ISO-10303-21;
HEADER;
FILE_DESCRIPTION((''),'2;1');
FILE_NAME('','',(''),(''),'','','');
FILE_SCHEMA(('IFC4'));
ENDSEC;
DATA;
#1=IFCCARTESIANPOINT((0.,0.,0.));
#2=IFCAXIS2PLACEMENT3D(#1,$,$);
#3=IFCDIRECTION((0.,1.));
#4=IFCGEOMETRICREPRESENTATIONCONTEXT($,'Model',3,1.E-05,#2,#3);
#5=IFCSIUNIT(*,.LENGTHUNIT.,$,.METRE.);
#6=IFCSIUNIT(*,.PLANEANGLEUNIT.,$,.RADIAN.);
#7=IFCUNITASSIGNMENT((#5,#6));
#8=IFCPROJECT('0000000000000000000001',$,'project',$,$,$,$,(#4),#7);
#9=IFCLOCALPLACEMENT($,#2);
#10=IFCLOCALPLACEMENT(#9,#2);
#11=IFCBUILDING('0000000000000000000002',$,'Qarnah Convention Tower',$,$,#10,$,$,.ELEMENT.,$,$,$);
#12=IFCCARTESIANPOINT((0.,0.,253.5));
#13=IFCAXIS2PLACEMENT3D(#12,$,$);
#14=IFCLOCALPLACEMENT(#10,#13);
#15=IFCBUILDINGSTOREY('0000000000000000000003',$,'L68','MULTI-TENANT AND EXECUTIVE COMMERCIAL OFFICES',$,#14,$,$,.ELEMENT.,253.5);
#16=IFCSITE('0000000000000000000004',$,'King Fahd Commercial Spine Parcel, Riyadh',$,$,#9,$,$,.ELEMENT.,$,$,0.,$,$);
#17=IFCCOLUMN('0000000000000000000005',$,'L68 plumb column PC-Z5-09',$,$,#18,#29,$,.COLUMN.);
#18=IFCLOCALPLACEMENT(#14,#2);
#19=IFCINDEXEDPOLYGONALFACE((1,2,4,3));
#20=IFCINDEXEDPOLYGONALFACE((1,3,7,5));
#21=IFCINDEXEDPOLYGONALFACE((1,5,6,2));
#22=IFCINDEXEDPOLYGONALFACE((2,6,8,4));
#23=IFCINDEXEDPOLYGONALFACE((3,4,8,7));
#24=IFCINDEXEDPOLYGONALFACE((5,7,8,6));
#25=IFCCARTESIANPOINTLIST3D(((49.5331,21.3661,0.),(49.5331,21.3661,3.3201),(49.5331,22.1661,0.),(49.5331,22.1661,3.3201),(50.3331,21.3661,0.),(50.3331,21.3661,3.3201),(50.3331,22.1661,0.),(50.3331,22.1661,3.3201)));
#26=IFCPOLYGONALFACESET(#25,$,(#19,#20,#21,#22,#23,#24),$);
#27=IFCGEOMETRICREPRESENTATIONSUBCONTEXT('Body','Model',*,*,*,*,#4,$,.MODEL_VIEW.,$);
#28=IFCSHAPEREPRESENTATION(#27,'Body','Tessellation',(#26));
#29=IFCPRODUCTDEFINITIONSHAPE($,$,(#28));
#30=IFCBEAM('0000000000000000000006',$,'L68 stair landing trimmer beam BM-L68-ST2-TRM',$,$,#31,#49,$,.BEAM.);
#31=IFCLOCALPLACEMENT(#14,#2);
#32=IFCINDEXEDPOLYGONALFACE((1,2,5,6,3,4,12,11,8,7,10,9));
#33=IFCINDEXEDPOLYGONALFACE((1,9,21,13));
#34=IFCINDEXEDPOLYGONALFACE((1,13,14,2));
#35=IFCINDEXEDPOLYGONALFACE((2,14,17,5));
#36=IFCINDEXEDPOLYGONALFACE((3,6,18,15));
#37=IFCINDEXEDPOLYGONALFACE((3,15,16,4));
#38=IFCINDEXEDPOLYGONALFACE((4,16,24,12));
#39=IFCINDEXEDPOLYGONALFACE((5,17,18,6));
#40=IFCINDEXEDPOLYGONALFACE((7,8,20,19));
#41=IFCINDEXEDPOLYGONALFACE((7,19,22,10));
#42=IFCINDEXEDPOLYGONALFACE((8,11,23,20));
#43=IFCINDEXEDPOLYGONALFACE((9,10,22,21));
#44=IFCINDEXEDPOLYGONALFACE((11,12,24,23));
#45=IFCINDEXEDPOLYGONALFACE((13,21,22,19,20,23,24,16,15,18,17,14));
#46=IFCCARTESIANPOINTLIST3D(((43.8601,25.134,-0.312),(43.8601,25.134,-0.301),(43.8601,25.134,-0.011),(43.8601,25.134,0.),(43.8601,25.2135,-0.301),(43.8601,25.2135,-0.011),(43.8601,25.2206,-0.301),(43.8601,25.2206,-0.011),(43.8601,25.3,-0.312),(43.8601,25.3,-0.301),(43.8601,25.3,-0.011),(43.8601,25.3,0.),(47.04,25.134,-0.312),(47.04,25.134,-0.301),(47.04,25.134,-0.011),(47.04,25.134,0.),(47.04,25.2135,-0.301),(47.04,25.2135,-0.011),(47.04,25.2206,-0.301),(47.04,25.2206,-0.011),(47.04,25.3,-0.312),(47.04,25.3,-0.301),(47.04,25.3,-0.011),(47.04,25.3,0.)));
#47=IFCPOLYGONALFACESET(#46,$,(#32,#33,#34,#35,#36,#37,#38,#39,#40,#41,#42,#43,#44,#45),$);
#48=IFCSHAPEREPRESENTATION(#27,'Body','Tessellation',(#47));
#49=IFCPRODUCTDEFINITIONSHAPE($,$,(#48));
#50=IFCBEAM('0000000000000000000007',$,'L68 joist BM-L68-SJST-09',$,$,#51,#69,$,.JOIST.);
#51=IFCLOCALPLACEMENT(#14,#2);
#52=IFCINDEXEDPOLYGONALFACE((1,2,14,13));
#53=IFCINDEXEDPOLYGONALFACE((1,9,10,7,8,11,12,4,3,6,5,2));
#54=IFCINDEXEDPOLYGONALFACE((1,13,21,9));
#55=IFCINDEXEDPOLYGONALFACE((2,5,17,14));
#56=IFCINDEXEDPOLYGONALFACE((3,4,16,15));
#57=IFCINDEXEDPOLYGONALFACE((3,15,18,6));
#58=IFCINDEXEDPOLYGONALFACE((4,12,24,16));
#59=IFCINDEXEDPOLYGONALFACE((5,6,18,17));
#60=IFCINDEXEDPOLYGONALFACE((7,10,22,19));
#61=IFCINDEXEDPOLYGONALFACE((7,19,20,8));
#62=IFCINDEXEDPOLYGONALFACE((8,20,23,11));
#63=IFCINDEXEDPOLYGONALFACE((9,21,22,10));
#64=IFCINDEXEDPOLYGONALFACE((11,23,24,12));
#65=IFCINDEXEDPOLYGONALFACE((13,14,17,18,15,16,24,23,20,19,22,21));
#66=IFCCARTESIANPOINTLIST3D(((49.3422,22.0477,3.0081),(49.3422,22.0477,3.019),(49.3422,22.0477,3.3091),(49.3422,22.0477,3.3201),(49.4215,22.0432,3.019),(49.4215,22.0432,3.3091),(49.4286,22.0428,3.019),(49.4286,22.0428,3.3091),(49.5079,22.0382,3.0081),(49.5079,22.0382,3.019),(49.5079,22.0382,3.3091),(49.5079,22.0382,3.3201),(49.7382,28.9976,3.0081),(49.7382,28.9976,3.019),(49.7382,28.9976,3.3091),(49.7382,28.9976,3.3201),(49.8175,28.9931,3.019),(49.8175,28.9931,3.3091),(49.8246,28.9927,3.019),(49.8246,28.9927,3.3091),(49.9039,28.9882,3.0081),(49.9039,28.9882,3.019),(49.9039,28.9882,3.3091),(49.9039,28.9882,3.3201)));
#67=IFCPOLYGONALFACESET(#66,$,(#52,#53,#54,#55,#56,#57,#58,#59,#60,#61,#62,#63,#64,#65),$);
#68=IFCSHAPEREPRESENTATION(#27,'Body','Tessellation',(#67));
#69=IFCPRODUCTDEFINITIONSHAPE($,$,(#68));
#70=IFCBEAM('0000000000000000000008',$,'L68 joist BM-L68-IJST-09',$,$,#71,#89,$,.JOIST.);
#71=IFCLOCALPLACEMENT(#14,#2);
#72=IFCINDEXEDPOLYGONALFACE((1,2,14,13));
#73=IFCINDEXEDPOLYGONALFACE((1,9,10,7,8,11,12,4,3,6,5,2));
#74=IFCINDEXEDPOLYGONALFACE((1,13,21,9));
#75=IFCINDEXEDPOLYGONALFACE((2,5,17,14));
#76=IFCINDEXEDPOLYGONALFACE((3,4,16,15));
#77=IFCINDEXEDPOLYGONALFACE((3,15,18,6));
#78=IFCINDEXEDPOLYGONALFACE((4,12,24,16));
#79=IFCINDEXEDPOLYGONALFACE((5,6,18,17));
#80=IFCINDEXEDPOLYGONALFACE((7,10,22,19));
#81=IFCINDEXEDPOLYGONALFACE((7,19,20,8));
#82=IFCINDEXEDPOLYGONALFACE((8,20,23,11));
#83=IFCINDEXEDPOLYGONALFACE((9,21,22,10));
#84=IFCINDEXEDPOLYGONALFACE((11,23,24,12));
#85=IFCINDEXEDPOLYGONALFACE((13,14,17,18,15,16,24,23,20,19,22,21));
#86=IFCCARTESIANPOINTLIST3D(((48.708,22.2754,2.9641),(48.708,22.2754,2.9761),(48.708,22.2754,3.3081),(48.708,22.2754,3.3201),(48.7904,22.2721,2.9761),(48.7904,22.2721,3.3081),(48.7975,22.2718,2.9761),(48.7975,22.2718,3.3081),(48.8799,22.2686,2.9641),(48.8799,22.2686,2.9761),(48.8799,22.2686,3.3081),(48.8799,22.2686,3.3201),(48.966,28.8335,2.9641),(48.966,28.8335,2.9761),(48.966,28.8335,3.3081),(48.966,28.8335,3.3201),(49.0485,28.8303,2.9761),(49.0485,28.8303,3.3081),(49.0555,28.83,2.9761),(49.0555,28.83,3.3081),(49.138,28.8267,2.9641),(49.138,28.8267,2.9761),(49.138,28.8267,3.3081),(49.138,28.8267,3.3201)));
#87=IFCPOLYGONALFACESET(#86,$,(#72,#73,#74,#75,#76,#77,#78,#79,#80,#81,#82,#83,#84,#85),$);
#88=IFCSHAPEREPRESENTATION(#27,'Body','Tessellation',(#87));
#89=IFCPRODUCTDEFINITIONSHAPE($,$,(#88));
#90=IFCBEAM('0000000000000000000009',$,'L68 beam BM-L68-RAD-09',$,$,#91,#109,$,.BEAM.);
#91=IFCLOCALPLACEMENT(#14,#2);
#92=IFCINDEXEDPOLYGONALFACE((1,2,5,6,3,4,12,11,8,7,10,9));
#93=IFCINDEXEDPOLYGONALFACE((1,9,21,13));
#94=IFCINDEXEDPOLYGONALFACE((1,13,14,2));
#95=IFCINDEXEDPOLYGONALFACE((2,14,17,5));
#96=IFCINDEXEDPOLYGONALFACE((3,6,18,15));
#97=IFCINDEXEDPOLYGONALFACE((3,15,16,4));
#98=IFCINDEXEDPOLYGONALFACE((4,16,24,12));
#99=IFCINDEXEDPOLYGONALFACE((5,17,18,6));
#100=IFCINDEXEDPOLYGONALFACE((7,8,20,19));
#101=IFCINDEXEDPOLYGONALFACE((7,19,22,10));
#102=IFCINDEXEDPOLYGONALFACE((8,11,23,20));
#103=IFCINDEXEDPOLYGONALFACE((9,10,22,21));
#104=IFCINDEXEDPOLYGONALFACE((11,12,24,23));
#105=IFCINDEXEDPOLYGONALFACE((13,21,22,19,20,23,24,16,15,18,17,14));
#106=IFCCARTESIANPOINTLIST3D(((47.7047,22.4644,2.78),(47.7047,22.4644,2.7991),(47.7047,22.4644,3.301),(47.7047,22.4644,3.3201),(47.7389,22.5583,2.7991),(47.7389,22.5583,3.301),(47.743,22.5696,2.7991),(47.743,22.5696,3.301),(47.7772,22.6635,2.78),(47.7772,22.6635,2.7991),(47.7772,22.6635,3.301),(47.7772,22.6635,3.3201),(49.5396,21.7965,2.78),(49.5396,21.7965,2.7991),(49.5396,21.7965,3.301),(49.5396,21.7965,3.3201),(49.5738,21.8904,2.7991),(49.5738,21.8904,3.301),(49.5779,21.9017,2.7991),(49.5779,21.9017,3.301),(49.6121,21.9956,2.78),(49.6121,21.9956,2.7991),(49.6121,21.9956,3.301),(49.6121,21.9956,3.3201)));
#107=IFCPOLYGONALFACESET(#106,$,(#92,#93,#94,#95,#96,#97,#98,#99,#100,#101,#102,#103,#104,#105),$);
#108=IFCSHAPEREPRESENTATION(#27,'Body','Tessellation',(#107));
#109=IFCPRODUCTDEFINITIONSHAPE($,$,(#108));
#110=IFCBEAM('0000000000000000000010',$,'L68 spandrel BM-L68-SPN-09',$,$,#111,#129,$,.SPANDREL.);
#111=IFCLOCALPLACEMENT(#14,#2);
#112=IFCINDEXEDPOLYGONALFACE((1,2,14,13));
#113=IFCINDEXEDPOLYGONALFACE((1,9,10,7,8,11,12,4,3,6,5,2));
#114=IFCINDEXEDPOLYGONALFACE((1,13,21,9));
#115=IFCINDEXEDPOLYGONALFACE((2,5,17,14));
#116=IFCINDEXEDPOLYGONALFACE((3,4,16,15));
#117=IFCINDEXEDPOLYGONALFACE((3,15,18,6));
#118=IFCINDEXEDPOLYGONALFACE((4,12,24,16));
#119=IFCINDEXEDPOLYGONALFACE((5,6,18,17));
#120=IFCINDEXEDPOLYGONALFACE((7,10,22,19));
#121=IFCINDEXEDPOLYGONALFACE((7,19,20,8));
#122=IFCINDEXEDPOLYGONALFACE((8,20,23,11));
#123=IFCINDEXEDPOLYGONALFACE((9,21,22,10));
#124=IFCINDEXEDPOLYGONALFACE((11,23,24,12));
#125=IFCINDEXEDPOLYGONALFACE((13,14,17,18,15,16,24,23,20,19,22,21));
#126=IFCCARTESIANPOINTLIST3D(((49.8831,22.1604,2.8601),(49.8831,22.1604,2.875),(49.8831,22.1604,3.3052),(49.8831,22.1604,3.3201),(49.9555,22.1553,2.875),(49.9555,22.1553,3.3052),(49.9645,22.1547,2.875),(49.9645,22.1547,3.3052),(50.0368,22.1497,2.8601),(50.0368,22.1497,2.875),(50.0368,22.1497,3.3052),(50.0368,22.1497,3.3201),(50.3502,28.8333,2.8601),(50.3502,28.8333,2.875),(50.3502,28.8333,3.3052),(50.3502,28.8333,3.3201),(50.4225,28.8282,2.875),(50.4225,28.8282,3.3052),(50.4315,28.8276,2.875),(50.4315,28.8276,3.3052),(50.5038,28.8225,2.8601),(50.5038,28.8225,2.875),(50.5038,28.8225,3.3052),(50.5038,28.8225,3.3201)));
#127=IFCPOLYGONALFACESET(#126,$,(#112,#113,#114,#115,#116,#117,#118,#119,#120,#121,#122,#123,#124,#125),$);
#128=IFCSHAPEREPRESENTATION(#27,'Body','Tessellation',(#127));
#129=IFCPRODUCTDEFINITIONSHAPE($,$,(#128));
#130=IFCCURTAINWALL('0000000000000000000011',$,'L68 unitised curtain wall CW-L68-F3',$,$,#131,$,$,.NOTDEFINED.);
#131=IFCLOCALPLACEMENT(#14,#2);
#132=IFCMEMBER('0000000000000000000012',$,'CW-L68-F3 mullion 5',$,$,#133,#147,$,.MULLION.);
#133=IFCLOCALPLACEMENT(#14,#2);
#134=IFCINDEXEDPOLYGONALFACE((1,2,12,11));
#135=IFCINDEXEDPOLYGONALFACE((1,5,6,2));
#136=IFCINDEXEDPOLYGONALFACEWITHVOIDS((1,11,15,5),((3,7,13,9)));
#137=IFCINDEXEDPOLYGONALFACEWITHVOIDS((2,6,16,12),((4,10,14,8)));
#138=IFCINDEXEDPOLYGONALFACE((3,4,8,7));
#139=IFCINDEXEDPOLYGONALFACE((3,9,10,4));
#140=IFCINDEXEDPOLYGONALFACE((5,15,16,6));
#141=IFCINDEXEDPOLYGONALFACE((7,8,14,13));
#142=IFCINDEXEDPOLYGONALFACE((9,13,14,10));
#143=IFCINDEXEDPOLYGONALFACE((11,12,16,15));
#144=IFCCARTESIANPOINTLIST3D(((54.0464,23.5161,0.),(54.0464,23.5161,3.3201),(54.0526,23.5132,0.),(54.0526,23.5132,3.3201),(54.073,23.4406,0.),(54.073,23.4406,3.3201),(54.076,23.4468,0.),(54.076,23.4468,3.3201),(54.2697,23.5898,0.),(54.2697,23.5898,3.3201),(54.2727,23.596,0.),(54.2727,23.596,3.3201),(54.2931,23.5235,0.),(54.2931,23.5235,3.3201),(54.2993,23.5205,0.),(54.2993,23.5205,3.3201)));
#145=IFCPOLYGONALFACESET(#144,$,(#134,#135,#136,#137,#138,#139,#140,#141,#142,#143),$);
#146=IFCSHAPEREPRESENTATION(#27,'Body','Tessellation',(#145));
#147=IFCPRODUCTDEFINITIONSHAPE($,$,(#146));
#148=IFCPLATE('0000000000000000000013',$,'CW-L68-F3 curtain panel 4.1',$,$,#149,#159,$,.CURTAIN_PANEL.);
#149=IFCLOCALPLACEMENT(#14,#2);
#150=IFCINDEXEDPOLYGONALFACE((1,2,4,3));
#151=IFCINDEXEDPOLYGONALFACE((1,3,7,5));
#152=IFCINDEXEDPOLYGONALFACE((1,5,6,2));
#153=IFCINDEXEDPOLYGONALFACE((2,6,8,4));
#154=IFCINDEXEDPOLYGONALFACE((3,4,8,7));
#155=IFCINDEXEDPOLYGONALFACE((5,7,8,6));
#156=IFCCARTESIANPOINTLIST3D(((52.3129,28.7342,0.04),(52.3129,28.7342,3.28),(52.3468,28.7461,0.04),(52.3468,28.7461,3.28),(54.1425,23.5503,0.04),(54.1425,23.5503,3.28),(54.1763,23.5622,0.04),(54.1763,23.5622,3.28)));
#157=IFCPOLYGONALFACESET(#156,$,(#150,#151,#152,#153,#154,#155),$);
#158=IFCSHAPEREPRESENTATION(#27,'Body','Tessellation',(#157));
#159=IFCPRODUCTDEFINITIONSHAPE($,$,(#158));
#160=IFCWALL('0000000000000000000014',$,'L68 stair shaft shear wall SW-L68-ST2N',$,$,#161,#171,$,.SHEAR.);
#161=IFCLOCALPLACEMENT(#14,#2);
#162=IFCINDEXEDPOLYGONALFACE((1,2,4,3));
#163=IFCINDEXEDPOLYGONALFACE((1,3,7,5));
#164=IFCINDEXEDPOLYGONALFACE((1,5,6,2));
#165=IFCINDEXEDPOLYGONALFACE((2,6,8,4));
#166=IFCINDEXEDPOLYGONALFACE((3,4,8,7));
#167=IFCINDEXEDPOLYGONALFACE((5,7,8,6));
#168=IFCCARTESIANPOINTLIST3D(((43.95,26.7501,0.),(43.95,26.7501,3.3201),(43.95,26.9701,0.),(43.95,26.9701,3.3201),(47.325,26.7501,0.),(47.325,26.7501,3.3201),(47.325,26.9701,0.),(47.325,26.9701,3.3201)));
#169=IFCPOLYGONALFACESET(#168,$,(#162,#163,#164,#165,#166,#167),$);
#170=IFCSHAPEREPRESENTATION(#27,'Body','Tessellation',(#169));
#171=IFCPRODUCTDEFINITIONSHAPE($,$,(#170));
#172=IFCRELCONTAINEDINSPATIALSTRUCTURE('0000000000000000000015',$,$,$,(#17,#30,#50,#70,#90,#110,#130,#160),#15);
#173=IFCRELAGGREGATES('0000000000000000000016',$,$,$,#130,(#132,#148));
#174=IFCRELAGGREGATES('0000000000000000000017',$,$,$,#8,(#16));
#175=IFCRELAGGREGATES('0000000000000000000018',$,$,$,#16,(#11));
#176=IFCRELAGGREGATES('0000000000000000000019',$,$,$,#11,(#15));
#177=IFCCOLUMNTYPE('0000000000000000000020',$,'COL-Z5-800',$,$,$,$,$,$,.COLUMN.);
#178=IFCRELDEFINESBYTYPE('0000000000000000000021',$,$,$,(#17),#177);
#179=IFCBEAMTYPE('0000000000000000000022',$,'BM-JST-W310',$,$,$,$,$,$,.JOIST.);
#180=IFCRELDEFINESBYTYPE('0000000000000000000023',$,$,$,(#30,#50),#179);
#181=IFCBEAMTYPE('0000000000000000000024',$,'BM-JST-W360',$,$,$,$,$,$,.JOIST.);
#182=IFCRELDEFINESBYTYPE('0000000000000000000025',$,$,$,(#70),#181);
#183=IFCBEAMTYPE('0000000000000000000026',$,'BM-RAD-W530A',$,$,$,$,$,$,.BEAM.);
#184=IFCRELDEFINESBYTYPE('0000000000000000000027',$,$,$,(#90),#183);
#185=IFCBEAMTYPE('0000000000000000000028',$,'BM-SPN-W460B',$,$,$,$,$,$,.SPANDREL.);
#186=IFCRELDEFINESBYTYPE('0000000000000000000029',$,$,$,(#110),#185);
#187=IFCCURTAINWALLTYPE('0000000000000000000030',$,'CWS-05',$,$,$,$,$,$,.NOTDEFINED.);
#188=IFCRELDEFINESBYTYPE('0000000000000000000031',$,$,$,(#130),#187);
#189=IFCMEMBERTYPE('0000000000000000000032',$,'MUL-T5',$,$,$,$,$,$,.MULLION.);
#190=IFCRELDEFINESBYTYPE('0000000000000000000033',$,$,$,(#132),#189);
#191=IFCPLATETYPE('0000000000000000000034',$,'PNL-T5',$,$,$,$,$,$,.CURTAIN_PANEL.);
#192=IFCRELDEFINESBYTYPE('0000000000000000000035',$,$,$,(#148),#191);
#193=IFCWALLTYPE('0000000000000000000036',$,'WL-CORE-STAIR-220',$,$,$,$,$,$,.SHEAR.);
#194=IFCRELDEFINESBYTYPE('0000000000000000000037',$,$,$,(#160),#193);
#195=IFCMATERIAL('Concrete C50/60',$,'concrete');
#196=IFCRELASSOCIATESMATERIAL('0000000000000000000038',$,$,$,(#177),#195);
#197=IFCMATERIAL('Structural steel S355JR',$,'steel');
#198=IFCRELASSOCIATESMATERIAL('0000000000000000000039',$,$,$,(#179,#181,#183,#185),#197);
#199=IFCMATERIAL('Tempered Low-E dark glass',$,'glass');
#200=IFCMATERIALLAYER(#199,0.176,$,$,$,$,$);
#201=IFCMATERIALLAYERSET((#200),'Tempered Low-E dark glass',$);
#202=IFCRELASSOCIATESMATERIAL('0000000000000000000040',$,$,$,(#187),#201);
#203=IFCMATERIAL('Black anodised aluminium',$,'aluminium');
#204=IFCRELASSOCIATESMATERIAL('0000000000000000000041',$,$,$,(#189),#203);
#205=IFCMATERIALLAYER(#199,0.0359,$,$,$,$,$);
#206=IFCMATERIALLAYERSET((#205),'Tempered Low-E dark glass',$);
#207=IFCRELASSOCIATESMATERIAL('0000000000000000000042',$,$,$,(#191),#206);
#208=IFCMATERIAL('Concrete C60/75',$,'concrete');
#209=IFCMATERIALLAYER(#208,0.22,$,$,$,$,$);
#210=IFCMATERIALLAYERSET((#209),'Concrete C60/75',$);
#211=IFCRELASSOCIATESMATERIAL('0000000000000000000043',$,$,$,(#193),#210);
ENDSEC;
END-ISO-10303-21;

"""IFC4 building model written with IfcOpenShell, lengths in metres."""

from ifc_helpers import new_model, si_unit, direction, frame, frame_2d, origin, origin_2d, place, context, subcontext, project, spatial, rectangle, hollow_rectangle, i_section, extrude, material, layer, layer_set, material_profile, profile_set, type_object, element, aggregate, save


model = new_model("IFC4")

# Units and contexts
model_context = context("Model", 3, precision=1e-05, world=origin(), true_north=direction((0.0, 1.0)))
body_context = subcontext(model_context, "Body", "Model", "MODEL_VIEW")
ifc_project = project(units=[si_unit("LENGTHUNIT", "METRE"), si_unit("PLANEANGLEUNIT", "RADIAN")], contexts=[model_context])

# Site, building, storey
site_placement = place(None, origin())
site = spatial("IfcSite", under=ifc_project, at=site_placement, Name="King Fahd Commercial Spine Parcel, Riyadh", CompositionType="ELEMENT", RefElevation=0.0)
building_placement = place(site_placement, origin())
building = spatial("IfcBuilding", under=site, at=building_placement, Name="Qarnah Convention Tower", CompositionType="ELEMENT")
storey_placement = place(building_placement, frame((0.0, 0.0, 253.5)))
storey = spatial("IfcBuildingStorey", under=building, at=storey_placement, Name="L68", Description="MULTI-TENANT AND EXECUTIVE COMMERCIAL OFFICES", CompositionType="ELEMENT", Elevation=253.5)

# Column
ifc_material_1 = material(Name="Concrete C50/60", Category="concrete")
ifc_material_profile_1 = material_profile(ifc_material_1, rectangle(XDim=0.8, YDim=0.8, at=origin_2d()), Name="RC-COL-800X800")
ifc_profile_set_1 = profile_set([ifc_material_profile_1], Name="Concrete C50/60")
column_type = type_object("IfcColumnType", Name="COL-Z5-800", PredefinedType="COLUMN", material=ifc_profile_set_1)
column_placement = place(storey_placement, frame((49.9331, 21.7661, 0.0), z_axis=(0.0, 0.0, 1.0), x_axis=(1.0, 0.0, 0.0)))
element("IfcColumn", 1, at=column_placement, inside=storey, type_object=column_type, Name="L68 plumb column PC-Z5-09", PredefinedType="COLUMN", context=body_context, shape_type="SweptSolid", body=[
    extrude(rectangle(XDim=0.8, YDim=0.8, at=origin_2d()), origin(), (0.0, 0.0, 1.0), 3.3201),
])

# Beams
ifc_material_2 = material(Name="Structural steel S355JR", Category="steel")
ifc_material_profile_2 = material_profile(ifc_material_2, i_section(OverallWidth=0.166, OverallDepth=0.312, WebThickness=0.0071, FlangeThickness=0.011, at=origin_2d()), Name="W310X45")
ifc_profile_set_2 = profile_set([ifc_material_profile_2], Name="Structural steel S355JR")
beam_type_1 = type_object("IfcBeamType", Name="BM-JST-W310", PredefinedType="JOIST", material=ifc_profile_set_2)
beam_1_placement = place(storey_placement, frame((43.8601, 25.217, -0.156), z_axis=(1.0, 0.0, 0.0), x_axis=(0.0, 1.0, 0.0)))
element("IfcBeam", 2, at=beam_1_placement, inside=storey, type_object=beam_type_1, Name="L68 stair landing trimmer beam BM-L68-ST2-TRM", PredefinedType="BEAM", context=body_context, shape_type="SweptSolid", body=[
    extrude(i_section(OverallWidth=0.166, OverallDepth=0.312, WebThickness=0.0071, FlangeThickness=0.011, at=origin_2d()), origin(), (0.0, 0.0, 1.0), 3.1799),
])
beam_2_placement = place(storey_placement, frame((49.425, 22.043, 3.1641), z_axis=(0.056886, 0.998381, 0.0), x_axis=(-0.998381, 0.056886, 0.0)))
element("IfcBeam", 3, at=beam_2_placement, inside=storey, type_object=beam_type_1, Name="L68 joist BM-L68-SJST-09", PredefinedType="JOIST", context=body_context, shape_type="SweptSolid", body=[
    extrude(i_section(OverallWidth=0.166, OverallDepth=0.312, WebThickness=0.0071, FlangeThickness=0.011, at=origin_2d()), origin(), (0.0, 0.0, 1.0), 6.9612),
])
ifc_material_profile_3 = material_profile(ifc_material_2, i_section(OverallWidth=0.1721, OverallDepth=0.356, WebThickness=0.0071, FlangeThickness=0.012, at=origin_2d()), Name="W360X51")
ifc_profile_set_3 = profile_set([ifc_material_profile_3], Name="Structural steel S355JR")
beam_type_2 = type_object("IfcBeamType", Name="BM-JST-W360", PredefinedType="JOIST", material=ifc_profile_set_3)
beam_3_placement = place(storey_placement, frame((48.7939, 22.272, 3.1421), z_axis=(0.039319, 0.999227, 0.0), x_axis=(-0.999227, 0.039319, 0.0)))
element("IfcBeam", 4, at=beam_3_placement, inside=storey, type_object=beam_type_2, Name="L68 joist BM-L68-IJST-09", PredefinedType="JOIST", context=body_context, shape_type="SweptSolid", body=[
    extrude(i_section(OverallWidth=0.1721, OverallDepth=0.356, WebThickness=0.0071, FlangeThickness=0.012, at=origin_2d()), origin(), (0.0, 0.0, 1.0), 6.5632),
])
ifc_material_profile_4 = material_profile(ifc_material_2, i_section(OverallWidth=0.2119, OverallDepth=0.54, WebThickness=0.012, FlangeThickness=0.019, at=origin_2d()), Name="W530X109")
ifc_profile_set_4 = profile_set([ifc_material_profile_4], Name="Structural steel S355JR")
beam_type_3 = type_object("IfcBeamType", Name="BM-RAD-W530A", PredefinedType="BEAM", material=ifc_profile_set_4)
beam_4_placement = place(storey_placement, frame((47.741, 22.564, 3.05), z_axis=(0.939677, -0.342064, 0.0), x_axis=(0.342064, 0.939677, 0.0)))
element("IfcBeam", 5, at=beam_4_placement, inside=storey, type_object=beam_type_3, Name="L68 beam BM-L68-RAD-09", PredefinedType="BEAM", context=body_context, shape_type="SweptSolid", body=[
    extrude(i_section(OverallWidth=0.2119, OverallDepth=0.54, WebThickness=0.012, FlangeThickness=0.019, at=origin_2d()), origin(), (0.0, 0.0, 1.0), 1.9526),
])
ifc_material_profile_5 = material_profile(ifc_material_2, i_section(OverallWidth=0.1541, OverallDepth=0.46, WebThickness=0.009, FlangeThickness=0.0149, at=origin_2d()), Name="W460X68")
ifc_profile_set_5 = profile_set([ifc_material_profile_5], Name="Structural steel S355JR")
beam_type_4 = type_object("IfcBeamType", Name="BM-SPN-W460B", PredefinedType="SPANDREL", material=ifc_profile_set_5)
beam_5_placement = place(storey_placement, frame((49.96, 22.155, 3.0901), z_axis=(0.06982, 0.99756, 0.0), x_axis=(-0.99756, 0.06982, 0.0)))
element("IfcBeam", 6, at=beam_5_placement, inside=storey, type_object=beam_type_4, Name="L68 spandrel BM-L68-SPN-09", PredefinedType="SPANDREL", context=body_context, shape_type="SweptSolid", body=[
    extrude(i_section(OverallWidth=0.1541, OverallDepth=0.46, WebThickness=0.009, FlangeThickness=0.0149, at=origin_2d()), origin(), (0.0, 0.0, 1.0), 6.6892),
])

# Curtain wall, member, plate
ifc_material_3 = material(Name="Tempered Low-E dark glass", Category="glass")
ifc_layer_1 = layer(ifc_material_3, 0.176)
ifc_layer_set_1 = layer_set([ifc_layer_1], Name="Tempered Low-E dark glass")
curtain_wall_type = type_object("IfcCurtainWallType", Name="CWS-05", PredefinedType="NOTDEFINED", material=ifc_layer_set_1)
curtain_wall_placement = place(storey_placement, origin())
curtain_wall = element("IfcCurtainWall", 7, at=curtain_wall_placement, inside=storey, type_object=curtain_wall_type, Name="L68 unitised curtain wall CW-L68-F3", PredefinedType="NOTDEFINED")
ifc_material_4 = material(Name="Black anodised aluminium", Category="aluminium")
ifc_material_profile_6 = material_profile(ifc_material_4, hollow_rectangle(XDim=0.0801, YDim=0.24, WallThickness=0.0049, at=origin_2d()), Name="MUL-80X240")
ifc_profile_set_6 = profile_set([ifc_material_profile_6], Name="Black anodised aluminium")
member_type = type_object("IfcMemberType", Name="MUL-T5", PredefinedType="MULLION", material=ifc_profile_set_6)
member_placement = place(storey_placement, frame((54.1729, 23.5183, 0.0), z_axis=(0.0, 0.0, 1.0), x_axis=(0.332811, -0.942994, 0.0)))
member = element("IfcMember", 8, at=member_placement, type_object=member_type, Name="CW-L68-F3 mullion 5", PredefinedType="MULLION", context=body_context, shape_type="SweptSolid", body=[
    extrude(hollow_rectangle(XDim=0.0801, YDim=0.24, WallThickness=0.0049, at=origin_2d()), origin(), (0.0, 0.0, 1.0), 3.3201),
])
ifc_layer_2 = layer(ifc_material_3, 0.0359)
ifc_layer_set_2 = layer_set([ifc_layer_2], Name="Tempered Low-E dark glass")
plate_type = type_object("IfcPlateType", Name="PNL-T5", PredefinedType="CURTAIN_PANEL", material=ifc_layer_set_2)
plate_placement = place(storey_placement, frame((53.2446, 26.1482, 0.04), z_axis=(0.0, 0.0, 1.0), x_axis=(0.332811, -0.942994, 0.0)))
plate = element("IfcPlate", 9, at=plate_placement, type_object=plate_type, Name="CW-L68-F3 curtain panel 4.1", PredefinedType="CURTAIN_PANEL", context=body_context, shape_type="SweptSolid", body=[
    extrude(rectangle(XDim=5.4973, YDim=0.0359, at=origin_2d()), origin(), (0.0, 0.0, 1.0), 3.24),
])
aggregate(curtain_wall, [member, plate])

# Wall
ifc_material_5 = material(Name="Concrete C60/75", Category="concrete")
ifc_layer_3 = layer(ifc_material_5, 0.22)
ifc_layer_set_3 = layer_set([ifc_layer_3], Name="Concrete C60/75")
wall_type_1 = type_object("IfcWallType", Name="WL-CORE-STAIR-220", PredefinedType="SHEAR", material=ifc_layer_set_3)
wall_1_placement = place(storey_placement, frame((43.95, 26.8601, 0.0), z_axis=(0.0, 0.0, 1.0), x_axis=(1.0, 0.0, 0.0)))
element("IfcWall", 10, at=wall_1_placement, inside=storey, type_object=wall_type_1, Name="L68 stair shaft shear wall SW-L68-ST2N", PredefinedType="SHEAR", context=body_context, shape_type="SweptSolid", body=[
    extrude(rectangle(XDim=3.375, YDim=0.22, at=frame_2d((1.6875, 0.0))), origin(), (0.0, 0.0, 1.0), 3.3201),
])

save(model, "model.ifc")
